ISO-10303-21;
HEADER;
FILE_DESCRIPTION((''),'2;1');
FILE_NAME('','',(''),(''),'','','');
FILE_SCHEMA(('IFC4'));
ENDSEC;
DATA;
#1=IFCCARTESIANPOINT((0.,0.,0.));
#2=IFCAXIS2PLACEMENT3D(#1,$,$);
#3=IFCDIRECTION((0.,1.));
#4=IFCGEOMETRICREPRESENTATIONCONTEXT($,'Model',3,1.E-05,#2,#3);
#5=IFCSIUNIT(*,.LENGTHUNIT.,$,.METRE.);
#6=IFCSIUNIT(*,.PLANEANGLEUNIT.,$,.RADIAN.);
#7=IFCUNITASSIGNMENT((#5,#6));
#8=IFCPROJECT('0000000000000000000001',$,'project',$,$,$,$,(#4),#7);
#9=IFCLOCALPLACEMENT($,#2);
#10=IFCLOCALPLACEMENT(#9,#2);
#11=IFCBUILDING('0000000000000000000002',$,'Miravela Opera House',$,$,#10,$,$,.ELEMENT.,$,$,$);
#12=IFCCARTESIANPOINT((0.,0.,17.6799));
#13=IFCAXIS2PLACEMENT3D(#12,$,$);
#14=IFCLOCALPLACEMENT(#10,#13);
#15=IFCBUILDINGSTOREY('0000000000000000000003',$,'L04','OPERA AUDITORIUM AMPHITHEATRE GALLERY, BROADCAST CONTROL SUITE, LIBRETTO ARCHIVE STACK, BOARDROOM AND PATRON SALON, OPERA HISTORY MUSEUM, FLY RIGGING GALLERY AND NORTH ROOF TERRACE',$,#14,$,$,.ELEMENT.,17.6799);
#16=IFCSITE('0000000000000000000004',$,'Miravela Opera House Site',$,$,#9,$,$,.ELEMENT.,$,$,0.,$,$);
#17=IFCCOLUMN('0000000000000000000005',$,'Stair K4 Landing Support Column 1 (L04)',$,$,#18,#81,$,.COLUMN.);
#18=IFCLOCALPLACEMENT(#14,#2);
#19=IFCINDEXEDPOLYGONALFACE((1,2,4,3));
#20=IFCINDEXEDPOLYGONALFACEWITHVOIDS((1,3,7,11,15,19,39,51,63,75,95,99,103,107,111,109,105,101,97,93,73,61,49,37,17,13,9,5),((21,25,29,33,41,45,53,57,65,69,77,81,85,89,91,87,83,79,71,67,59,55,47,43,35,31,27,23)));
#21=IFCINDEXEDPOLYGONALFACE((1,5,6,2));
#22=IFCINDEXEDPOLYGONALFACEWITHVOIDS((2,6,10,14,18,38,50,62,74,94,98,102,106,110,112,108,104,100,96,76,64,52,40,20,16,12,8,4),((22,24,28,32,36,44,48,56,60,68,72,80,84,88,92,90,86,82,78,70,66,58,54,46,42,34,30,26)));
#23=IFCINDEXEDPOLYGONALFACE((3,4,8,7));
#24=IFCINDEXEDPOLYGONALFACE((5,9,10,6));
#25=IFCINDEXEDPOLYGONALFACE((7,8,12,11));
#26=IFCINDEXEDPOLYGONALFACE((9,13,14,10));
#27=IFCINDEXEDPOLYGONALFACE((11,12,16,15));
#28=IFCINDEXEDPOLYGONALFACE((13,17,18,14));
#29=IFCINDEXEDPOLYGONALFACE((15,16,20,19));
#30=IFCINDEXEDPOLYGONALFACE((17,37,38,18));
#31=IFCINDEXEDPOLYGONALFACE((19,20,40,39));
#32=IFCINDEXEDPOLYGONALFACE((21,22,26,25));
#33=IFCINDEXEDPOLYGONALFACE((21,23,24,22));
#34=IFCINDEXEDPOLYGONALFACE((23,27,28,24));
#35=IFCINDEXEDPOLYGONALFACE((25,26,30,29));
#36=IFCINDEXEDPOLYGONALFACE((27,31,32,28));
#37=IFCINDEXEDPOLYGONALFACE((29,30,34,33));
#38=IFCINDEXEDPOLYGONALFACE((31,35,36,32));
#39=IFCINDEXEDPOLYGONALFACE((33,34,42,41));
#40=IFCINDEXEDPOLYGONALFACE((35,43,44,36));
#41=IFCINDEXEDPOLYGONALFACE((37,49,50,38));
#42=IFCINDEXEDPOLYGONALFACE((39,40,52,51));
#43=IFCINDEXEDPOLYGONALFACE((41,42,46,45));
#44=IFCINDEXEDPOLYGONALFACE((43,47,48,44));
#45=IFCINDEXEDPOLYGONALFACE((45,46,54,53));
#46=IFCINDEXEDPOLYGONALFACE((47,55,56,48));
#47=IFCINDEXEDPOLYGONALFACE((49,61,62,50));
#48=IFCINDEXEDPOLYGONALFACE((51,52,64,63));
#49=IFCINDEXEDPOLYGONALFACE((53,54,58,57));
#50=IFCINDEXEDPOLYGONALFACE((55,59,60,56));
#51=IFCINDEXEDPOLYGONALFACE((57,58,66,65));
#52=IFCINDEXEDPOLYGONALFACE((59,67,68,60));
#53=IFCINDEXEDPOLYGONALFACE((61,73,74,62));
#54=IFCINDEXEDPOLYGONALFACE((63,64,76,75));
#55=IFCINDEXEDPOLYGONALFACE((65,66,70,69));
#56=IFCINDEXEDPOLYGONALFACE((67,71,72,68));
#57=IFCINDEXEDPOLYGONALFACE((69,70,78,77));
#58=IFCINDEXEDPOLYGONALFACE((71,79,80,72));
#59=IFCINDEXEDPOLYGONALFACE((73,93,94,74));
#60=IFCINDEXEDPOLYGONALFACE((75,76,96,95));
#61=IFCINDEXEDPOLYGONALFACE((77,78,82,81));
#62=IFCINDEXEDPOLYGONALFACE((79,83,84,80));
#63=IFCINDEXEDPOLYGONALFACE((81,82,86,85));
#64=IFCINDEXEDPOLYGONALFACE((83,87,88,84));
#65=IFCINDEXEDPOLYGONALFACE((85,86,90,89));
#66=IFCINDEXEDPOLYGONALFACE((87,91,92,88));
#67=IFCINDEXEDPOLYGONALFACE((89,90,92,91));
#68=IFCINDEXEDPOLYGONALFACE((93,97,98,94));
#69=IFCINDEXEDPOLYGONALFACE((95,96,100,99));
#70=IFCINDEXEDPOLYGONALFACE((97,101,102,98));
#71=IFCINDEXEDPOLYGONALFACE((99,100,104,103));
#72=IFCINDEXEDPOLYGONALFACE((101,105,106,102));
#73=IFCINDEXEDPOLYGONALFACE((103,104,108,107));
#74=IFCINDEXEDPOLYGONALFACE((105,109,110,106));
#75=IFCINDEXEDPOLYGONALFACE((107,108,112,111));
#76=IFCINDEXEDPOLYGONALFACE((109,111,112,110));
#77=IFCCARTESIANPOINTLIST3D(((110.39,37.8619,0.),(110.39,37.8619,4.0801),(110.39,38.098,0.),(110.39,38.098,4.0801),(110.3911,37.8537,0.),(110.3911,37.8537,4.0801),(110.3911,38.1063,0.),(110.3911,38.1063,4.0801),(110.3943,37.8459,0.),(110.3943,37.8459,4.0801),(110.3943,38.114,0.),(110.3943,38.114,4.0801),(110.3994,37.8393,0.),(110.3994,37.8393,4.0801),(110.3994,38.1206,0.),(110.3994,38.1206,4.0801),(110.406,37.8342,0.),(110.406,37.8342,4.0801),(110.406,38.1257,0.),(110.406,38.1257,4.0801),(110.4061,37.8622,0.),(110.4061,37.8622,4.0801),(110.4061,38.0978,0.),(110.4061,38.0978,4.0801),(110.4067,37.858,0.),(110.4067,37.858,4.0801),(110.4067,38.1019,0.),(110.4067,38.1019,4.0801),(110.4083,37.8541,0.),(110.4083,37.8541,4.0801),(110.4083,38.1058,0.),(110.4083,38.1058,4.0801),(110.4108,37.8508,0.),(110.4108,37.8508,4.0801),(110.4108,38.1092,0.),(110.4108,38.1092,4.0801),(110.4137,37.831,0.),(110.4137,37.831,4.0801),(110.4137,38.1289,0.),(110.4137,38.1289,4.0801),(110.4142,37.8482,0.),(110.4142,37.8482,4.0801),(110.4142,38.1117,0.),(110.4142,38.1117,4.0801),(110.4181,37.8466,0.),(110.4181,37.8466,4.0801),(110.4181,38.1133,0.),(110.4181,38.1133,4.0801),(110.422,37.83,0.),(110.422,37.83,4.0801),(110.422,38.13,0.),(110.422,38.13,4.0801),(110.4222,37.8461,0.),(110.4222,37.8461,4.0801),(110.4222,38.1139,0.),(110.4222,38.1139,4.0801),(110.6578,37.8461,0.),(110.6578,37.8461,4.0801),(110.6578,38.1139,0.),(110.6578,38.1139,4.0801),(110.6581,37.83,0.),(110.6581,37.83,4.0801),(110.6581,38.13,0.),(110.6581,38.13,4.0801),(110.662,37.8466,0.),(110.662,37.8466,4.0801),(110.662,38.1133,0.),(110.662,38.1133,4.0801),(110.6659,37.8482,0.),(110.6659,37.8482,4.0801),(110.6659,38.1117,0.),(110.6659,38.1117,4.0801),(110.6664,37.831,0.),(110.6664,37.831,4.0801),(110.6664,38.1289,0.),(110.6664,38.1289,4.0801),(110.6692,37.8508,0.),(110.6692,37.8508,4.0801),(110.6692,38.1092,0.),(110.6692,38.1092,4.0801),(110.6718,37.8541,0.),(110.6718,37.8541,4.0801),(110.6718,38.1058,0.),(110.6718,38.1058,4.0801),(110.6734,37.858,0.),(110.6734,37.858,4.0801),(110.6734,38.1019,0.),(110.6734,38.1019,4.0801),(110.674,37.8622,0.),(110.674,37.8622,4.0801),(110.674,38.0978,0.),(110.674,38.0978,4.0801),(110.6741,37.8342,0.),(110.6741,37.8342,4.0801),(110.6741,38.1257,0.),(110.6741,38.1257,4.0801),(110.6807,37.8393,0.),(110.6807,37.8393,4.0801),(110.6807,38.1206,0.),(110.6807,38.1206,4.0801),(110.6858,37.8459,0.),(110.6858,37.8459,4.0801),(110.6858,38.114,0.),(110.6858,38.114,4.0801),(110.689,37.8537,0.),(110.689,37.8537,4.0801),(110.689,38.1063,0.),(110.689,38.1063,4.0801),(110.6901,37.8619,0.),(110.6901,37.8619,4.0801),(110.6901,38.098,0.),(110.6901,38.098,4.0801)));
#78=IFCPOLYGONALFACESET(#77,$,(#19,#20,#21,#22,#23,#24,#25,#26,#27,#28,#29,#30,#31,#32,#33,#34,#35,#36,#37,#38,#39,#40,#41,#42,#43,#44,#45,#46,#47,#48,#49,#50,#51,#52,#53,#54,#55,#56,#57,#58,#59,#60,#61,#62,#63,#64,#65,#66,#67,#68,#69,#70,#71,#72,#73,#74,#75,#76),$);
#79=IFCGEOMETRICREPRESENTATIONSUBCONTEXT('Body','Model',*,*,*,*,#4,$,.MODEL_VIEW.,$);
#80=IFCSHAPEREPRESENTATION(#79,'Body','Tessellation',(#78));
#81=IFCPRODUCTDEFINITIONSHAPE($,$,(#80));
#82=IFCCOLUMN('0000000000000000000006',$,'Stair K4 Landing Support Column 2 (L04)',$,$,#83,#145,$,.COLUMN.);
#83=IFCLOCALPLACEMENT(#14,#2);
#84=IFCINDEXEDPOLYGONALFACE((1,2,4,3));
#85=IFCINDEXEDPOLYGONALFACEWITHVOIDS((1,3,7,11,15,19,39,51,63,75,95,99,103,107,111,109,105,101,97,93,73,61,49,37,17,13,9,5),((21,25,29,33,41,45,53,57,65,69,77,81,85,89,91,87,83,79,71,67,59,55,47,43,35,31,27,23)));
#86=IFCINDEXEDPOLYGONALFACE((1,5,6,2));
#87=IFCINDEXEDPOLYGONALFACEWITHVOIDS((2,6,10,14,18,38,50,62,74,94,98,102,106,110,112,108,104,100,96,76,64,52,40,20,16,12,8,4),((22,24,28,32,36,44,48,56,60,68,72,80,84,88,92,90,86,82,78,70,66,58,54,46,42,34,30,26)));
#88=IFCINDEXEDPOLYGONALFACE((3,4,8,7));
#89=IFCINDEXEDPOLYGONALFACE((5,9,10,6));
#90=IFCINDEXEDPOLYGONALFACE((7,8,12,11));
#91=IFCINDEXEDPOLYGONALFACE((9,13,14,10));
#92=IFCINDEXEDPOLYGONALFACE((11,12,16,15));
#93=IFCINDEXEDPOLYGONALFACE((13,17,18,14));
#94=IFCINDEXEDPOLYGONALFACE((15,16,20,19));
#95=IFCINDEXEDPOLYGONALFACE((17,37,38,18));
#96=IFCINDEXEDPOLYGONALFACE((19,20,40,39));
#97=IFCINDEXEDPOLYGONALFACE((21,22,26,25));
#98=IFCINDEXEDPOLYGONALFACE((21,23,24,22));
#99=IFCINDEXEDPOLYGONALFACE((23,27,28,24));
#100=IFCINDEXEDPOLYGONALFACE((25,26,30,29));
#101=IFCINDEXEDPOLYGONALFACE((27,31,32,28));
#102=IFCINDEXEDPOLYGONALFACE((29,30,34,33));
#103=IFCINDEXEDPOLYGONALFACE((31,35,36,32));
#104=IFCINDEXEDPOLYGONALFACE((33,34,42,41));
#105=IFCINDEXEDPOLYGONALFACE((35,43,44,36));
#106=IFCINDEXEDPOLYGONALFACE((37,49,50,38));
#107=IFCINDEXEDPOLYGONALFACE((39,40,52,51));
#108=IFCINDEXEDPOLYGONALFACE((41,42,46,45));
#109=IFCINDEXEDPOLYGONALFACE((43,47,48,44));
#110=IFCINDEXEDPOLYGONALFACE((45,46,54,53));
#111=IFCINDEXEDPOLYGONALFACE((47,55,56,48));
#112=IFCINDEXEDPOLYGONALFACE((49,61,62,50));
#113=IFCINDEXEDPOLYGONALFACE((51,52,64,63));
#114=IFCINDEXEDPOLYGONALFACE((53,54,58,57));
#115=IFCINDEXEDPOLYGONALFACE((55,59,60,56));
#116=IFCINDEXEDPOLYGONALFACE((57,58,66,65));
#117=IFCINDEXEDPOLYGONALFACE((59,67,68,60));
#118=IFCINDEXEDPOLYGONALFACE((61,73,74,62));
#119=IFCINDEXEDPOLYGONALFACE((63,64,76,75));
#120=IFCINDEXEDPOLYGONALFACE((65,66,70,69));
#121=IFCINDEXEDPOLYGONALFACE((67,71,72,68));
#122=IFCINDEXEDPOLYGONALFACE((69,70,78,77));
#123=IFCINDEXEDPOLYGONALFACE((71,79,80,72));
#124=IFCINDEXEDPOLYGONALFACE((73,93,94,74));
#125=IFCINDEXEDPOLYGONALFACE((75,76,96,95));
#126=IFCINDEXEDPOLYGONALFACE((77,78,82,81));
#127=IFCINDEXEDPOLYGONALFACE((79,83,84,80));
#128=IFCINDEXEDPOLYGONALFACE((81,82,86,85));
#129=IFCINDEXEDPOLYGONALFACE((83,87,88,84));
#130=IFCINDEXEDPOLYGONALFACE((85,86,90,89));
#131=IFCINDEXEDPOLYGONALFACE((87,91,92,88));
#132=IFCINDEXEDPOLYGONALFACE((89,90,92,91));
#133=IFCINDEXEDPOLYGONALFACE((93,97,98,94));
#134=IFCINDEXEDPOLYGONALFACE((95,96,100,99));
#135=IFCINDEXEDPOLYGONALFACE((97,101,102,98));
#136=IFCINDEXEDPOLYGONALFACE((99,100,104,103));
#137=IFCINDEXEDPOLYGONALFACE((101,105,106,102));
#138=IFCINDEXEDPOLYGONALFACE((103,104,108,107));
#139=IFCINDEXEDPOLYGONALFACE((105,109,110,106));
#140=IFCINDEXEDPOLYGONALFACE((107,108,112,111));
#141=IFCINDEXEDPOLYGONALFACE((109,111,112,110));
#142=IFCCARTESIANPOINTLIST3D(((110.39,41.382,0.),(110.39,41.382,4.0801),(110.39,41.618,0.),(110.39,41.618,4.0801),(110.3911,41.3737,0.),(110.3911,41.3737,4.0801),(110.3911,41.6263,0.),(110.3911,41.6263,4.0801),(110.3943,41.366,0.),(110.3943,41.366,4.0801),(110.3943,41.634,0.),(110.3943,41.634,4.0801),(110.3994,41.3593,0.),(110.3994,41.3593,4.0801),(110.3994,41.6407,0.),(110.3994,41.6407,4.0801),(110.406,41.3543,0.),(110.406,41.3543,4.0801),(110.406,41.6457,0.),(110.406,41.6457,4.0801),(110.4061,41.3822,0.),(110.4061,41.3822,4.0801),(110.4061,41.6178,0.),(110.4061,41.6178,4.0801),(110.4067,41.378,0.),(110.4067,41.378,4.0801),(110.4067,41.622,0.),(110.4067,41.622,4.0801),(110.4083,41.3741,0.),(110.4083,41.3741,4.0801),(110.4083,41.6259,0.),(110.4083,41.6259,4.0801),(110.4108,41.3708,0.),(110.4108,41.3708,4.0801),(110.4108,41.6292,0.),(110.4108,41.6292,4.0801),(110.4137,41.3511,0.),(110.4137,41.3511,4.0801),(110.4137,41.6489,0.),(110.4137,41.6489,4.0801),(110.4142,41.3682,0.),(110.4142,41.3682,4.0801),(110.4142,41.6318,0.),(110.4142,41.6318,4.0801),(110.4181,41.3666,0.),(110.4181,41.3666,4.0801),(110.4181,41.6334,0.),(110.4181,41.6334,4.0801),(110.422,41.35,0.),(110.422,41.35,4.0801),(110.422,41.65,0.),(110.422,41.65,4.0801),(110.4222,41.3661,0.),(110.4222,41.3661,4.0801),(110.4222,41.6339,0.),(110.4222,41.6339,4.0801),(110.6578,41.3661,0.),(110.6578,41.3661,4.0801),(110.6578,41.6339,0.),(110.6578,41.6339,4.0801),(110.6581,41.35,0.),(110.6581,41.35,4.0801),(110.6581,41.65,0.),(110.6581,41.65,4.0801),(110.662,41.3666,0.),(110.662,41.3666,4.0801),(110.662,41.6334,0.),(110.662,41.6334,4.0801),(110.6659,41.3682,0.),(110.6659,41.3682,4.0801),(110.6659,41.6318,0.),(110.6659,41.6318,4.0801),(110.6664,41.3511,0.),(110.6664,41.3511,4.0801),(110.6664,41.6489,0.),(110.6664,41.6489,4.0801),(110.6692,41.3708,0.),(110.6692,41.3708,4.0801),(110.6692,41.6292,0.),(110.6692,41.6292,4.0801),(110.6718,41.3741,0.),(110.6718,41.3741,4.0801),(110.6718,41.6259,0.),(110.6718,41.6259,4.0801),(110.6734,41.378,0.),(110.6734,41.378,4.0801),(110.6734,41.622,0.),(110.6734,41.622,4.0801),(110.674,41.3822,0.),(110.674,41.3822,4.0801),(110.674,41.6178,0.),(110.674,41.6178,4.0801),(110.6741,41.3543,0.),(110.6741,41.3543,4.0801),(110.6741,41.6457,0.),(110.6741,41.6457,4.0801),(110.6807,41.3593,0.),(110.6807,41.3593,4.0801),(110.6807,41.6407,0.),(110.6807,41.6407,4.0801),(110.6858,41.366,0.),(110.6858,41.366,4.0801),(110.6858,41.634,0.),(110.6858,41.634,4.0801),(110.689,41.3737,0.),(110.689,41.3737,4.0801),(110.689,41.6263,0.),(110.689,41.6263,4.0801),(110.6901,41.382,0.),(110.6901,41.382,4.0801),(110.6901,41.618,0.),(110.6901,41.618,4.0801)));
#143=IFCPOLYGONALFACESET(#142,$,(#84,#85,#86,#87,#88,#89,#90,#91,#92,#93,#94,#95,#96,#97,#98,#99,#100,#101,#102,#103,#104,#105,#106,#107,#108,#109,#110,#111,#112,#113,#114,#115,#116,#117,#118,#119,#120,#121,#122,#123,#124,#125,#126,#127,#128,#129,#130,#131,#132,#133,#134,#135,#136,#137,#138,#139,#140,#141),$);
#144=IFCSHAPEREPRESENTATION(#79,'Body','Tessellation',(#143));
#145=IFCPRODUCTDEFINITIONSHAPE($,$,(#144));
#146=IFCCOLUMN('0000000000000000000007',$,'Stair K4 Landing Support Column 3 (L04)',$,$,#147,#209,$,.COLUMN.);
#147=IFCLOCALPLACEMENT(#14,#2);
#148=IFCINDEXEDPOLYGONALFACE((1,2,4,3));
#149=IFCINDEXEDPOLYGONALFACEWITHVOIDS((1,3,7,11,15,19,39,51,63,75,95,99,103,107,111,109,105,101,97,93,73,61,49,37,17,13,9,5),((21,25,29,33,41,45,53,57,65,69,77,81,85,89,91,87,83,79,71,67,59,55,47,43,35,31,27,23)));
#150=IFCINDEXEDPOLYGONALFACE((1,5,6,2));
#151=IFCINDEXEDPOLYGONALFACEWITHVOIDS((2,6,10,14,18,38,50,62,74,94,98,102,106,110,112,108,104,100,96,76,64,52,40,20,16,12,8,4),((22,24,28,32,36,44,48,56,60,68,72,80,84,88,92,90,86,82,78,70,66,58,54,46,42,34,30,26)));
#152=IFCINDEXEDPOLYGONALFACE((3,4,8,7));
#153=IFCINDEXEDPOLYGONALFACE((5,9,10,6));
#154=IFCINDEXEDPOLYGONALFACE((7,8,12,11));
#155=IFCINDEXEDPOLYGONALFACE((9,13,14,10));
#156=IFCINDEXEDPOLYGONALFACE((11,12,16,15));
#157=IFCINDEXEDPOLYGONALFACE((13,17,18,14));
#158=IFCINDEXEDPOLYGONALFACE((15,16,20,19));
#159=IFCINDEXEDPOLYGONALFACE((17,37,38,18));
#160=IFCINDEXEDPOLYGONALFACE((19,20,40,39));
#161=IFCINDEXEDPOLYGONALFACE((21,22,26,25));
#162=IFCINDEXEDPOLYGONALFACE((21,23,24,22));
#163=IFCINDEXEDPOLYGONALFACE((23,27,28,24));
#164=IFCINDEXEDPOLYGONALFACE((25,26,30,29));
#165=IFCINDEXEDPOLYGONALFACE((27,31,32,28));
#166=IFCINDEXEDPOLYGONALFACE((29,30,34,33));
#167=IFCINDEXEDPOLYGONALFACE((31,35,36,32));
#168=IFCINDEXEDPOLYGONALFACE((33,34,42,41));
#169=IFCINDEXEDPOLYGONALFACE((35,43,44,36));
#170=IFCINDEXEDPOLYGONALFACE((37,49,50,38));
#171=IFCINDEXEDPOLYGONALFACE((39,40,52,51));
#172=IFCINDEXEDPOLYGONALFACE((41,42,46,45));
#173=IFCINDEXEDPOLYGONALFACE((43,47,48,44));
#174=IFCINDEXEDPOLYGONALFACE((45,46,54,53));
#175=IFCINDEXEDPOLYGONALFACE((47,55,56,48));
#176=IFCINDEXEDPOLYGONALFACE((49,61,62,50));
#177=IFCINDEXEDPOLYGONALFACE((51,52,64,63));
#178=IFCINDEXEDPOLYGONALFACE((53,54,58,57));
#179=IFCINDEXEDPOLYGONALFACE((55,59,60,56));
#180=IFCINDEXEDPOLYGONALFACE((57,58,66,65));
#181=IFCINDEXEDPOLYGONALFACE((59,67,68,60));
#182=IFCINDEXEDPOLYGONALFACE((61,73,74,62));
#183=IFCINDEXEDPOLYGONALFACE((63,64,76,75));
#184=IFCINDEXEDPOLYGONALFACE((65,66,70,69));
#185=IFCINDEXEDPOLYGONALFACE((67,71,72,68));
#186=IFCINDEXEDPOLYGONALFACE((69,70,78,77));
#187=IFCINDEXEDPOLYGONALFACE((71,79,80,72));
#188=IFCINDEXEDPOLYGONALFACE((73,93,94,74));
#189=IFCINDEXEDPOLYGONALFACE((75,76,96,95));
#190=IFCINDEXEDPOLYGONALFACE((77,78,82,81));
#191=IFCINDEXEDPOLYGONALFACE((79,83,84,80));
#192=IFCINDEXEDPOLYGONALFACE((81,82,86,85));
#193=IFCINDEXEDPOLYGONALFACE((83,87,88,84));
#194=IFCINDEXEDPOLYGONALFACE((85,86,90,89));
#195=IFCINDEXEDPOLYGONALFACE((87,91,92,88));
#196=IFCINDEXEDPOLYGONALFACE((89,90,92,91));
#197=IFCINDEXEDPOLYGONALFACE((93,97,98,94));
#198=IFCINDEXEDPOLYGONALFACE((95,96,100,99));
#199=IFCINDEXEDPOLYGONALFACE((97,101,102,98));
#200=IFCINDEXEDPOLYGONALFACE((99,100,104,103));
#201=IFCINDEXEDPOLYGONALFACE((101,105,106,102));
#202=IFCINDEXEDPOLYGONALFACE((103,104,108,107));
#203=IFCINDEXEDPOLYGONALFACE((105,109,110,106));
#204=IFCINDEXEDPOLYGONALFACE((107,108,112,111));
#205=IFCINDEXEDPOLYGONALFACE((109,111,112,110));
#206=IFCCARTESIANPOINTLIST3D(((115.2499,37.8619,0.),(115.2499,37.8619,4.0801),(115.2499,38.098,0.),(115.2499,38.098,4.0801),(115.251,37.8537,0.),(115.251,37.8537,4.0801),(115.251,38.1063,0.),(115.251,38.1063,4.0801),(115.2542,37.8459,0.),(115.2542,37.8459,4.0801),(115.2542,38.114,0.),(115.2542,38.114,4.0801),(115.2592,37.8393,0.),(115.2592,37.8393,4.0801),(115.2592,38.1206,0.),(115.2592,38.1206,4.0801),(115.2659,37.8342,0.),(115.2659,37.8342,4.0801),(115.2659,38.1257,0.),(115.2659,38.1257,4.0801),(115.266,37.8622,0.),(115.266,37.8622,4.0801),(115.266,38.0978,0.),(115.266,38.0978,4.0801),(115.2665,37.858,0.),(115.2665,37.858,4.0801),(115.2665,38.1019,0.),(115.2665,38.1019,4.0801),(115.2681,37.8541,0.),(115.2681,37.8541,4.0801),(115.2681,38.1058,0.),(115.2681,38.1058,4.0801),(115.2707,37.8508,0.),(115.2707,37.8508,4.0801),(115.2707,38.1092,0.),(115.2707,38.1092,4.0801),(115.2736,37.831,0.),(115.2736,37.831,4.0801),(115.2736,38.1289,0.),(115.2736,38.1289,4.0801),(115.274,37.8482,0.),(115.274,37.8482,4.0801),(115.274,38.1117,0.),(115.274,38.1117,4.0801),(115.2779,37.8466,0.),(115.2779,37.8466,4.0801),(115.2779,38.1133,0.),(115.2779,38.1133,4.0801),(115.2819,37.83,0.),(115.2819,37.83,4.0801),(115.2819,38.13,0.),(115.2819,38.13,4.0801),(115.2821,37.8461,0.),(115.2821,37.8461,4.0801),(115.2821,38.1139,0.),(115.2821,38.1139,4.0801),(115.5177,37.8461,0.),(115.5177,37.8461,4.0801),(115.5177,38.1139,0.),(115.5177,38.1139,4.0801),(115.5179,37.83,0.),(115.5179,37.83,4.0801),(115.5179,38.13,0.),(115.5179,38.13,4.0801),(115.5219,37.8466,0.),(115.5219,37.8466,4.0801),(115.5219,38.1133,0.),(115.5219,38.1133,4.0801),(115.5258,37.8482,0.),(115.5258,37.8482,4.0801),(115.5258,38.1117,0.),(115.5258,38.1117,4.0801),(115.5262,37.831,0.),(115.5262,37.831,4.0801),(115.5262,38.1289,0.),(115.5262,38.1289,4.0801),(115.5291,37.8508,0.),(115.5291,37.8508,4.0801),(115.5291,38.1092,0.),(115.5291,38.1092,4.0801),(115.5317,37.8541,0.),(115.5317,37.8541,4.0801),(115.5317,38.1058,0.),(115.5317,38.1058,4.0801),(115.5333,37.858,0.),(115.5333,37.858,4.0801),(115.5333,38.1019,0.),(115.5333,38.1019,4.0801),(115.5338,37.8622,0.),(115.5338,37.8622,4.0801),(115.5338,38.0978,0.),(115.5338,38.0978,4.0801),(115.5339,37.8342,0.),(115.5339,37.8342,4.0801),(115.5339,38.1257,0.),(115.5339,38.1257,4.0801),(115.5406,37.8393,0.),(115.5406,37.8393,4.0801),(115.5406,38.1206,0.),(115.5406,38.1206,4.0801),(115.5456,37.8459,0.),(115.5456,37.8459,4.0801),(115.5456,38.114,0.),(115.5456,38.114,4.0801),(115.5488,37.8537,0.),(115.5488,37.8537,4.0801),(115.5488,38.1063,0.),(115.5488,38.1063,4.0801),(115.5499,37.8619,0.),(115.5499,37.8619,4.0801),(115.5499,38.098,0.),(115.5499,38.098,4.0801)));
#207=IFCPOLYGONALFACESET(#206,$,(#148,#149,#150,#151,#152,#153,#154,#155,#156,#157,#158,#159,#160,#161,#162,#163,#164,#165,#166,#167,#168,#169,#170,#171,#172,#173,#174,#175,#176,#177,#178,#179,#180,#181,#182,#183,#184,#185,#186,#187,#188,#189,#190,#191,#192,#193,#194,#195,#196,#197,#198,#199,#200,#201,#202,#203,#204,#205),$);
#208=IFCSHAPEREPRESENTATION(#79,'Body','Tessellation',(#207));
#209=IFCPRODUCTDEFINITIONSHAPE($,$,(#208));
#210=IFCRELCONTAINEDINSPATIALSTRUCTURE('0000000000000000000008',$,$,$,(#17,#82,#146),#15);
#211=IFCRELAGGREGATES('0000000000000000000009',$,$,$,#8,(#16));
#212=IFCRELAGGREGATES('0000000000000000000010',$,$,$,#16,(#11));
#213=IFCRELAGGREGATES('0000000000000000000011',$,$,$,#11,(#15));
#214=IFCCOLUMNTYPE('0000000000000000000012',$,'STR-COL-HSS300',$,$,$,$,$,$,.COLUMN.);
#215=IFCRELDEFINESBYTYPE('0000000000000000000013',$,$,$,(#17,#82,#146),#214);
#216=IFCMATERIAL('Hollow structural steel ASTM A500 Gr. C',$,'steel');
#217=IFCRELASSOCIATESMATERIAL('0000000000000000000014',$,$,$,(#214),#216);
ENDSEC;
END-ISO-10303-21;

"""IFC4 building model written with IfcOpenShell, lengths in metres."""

from ifc_helpers import new_model, si_unit, direction, frame, origin, origin_2d, place, context, subcontext, project, spatial, hollow_rectangle, extrude, material, material_profile, profile_set, type_object, element, save


model = new_model("IFC4")

# Units and contexts
model_context = context("Model", 3, precision=1e-05, world=origin(), true_north=direction((0.0, 1.0)))
body_context = subcontext(model_context, "Body", "Model", "MODEL_VIEW")
ifc_project = project(units=[si_unit("LENGTHUNIT", "METRE"), si_unit("PLANEANGLEUNIT", "RADIAN")], contexts=[model_context])

# Site, building, storey
site_placement = place(None, origin())
site = spatial("IfcSite", under=ifc_project, at=site_placement, Name="Miravela Opera House Site", CompositionType="ELEMENT", RefElevation=0.0)
building_placement = place(site_placement, origin())
building = spatial("IfcBuilding", under=site, at=building_placement, Name="Miravela Opera House", CompositionType="ELEMENT")
storey_placement = place(building_placement, frame((0.0, 0.0, 17.6799)))
storey = spatial("IfcBuildingStorey", under=building, at=storey_placement, Name="L04", Description="OPERA AUDITORIUM AMPHITHEATRE GALLERY, BROADCAST CONTROL SUITE, LIBRETTO ARCHIVE STACK, BOARDROOM AND PATRON SALON, OPERA HISTORY MUSEUM, FLY RIGGING GALLERY AND NORTH ROOF TERRACE", CompositionType="ELEMENT", Elevation=17.6799)

# Columns
ifc_material_1 = material(Name="Hollow structural steel ASTM A500 Gr. C", Category="steel")
ifc_material_profile_1 = material_profile(ifc_material_1, hollow_rectangle(XDim=0.3, YDim=0.3, WallThickness=0.0161, InnerFilletRadius=0.0161, OuterFilletRadius=0.032, at=origin_2d()), Name="HSS300X300X16")
ifc_profile_set_1 = profile_set([ifc_material_profile_1])
column_type_1 = type_object("IfcColumnType", Name="STR-COL-HSS300", PredefinedType="COLUMN", material=ifc_profile_set_1)
for number, where, z_axis, x_axis, name in (
    (1, (110.54, 37.98, 0.0), (0.0, 0.0, 1.0), (1.0, 0.0, 0.0), "Stair K4 Landing Support Column 1 (L04)"),
    (2, (110.54, 41.5, 0.0), (0.0, 0.0, 1.0), (1.0, 0.0, 0.0), "Stair K4 Landing Support Column 2 (L04)"),
    (3, (115.3999, 37.98, 0.0), (0.0, 0.0, 1.0), (1.0, 0.0, 0.0), "Stair K4 Landing Support Column 3 (L04)"),
):
    element("IfcColumn", number, at=place(storey_placement, frame(where, z_axis=z_axis, x_axis=x_axis)), inside=storey, type_object=column_type_1, Name=name, PredefinedType="COLUMN", context=body_context, shape_type="SweptSolid", body=[
        extrude(hollow_rectangle(XDim=0.3, YDim=0.3, WallThickness=0.0161, InnerFilletRadius=0.0161, OuterFilletRadius=0.032, at=origin_2d()), origin(), (0.0, 0.0, 1.0), 4.0801),
    ])

save(model, "model.ifc")
